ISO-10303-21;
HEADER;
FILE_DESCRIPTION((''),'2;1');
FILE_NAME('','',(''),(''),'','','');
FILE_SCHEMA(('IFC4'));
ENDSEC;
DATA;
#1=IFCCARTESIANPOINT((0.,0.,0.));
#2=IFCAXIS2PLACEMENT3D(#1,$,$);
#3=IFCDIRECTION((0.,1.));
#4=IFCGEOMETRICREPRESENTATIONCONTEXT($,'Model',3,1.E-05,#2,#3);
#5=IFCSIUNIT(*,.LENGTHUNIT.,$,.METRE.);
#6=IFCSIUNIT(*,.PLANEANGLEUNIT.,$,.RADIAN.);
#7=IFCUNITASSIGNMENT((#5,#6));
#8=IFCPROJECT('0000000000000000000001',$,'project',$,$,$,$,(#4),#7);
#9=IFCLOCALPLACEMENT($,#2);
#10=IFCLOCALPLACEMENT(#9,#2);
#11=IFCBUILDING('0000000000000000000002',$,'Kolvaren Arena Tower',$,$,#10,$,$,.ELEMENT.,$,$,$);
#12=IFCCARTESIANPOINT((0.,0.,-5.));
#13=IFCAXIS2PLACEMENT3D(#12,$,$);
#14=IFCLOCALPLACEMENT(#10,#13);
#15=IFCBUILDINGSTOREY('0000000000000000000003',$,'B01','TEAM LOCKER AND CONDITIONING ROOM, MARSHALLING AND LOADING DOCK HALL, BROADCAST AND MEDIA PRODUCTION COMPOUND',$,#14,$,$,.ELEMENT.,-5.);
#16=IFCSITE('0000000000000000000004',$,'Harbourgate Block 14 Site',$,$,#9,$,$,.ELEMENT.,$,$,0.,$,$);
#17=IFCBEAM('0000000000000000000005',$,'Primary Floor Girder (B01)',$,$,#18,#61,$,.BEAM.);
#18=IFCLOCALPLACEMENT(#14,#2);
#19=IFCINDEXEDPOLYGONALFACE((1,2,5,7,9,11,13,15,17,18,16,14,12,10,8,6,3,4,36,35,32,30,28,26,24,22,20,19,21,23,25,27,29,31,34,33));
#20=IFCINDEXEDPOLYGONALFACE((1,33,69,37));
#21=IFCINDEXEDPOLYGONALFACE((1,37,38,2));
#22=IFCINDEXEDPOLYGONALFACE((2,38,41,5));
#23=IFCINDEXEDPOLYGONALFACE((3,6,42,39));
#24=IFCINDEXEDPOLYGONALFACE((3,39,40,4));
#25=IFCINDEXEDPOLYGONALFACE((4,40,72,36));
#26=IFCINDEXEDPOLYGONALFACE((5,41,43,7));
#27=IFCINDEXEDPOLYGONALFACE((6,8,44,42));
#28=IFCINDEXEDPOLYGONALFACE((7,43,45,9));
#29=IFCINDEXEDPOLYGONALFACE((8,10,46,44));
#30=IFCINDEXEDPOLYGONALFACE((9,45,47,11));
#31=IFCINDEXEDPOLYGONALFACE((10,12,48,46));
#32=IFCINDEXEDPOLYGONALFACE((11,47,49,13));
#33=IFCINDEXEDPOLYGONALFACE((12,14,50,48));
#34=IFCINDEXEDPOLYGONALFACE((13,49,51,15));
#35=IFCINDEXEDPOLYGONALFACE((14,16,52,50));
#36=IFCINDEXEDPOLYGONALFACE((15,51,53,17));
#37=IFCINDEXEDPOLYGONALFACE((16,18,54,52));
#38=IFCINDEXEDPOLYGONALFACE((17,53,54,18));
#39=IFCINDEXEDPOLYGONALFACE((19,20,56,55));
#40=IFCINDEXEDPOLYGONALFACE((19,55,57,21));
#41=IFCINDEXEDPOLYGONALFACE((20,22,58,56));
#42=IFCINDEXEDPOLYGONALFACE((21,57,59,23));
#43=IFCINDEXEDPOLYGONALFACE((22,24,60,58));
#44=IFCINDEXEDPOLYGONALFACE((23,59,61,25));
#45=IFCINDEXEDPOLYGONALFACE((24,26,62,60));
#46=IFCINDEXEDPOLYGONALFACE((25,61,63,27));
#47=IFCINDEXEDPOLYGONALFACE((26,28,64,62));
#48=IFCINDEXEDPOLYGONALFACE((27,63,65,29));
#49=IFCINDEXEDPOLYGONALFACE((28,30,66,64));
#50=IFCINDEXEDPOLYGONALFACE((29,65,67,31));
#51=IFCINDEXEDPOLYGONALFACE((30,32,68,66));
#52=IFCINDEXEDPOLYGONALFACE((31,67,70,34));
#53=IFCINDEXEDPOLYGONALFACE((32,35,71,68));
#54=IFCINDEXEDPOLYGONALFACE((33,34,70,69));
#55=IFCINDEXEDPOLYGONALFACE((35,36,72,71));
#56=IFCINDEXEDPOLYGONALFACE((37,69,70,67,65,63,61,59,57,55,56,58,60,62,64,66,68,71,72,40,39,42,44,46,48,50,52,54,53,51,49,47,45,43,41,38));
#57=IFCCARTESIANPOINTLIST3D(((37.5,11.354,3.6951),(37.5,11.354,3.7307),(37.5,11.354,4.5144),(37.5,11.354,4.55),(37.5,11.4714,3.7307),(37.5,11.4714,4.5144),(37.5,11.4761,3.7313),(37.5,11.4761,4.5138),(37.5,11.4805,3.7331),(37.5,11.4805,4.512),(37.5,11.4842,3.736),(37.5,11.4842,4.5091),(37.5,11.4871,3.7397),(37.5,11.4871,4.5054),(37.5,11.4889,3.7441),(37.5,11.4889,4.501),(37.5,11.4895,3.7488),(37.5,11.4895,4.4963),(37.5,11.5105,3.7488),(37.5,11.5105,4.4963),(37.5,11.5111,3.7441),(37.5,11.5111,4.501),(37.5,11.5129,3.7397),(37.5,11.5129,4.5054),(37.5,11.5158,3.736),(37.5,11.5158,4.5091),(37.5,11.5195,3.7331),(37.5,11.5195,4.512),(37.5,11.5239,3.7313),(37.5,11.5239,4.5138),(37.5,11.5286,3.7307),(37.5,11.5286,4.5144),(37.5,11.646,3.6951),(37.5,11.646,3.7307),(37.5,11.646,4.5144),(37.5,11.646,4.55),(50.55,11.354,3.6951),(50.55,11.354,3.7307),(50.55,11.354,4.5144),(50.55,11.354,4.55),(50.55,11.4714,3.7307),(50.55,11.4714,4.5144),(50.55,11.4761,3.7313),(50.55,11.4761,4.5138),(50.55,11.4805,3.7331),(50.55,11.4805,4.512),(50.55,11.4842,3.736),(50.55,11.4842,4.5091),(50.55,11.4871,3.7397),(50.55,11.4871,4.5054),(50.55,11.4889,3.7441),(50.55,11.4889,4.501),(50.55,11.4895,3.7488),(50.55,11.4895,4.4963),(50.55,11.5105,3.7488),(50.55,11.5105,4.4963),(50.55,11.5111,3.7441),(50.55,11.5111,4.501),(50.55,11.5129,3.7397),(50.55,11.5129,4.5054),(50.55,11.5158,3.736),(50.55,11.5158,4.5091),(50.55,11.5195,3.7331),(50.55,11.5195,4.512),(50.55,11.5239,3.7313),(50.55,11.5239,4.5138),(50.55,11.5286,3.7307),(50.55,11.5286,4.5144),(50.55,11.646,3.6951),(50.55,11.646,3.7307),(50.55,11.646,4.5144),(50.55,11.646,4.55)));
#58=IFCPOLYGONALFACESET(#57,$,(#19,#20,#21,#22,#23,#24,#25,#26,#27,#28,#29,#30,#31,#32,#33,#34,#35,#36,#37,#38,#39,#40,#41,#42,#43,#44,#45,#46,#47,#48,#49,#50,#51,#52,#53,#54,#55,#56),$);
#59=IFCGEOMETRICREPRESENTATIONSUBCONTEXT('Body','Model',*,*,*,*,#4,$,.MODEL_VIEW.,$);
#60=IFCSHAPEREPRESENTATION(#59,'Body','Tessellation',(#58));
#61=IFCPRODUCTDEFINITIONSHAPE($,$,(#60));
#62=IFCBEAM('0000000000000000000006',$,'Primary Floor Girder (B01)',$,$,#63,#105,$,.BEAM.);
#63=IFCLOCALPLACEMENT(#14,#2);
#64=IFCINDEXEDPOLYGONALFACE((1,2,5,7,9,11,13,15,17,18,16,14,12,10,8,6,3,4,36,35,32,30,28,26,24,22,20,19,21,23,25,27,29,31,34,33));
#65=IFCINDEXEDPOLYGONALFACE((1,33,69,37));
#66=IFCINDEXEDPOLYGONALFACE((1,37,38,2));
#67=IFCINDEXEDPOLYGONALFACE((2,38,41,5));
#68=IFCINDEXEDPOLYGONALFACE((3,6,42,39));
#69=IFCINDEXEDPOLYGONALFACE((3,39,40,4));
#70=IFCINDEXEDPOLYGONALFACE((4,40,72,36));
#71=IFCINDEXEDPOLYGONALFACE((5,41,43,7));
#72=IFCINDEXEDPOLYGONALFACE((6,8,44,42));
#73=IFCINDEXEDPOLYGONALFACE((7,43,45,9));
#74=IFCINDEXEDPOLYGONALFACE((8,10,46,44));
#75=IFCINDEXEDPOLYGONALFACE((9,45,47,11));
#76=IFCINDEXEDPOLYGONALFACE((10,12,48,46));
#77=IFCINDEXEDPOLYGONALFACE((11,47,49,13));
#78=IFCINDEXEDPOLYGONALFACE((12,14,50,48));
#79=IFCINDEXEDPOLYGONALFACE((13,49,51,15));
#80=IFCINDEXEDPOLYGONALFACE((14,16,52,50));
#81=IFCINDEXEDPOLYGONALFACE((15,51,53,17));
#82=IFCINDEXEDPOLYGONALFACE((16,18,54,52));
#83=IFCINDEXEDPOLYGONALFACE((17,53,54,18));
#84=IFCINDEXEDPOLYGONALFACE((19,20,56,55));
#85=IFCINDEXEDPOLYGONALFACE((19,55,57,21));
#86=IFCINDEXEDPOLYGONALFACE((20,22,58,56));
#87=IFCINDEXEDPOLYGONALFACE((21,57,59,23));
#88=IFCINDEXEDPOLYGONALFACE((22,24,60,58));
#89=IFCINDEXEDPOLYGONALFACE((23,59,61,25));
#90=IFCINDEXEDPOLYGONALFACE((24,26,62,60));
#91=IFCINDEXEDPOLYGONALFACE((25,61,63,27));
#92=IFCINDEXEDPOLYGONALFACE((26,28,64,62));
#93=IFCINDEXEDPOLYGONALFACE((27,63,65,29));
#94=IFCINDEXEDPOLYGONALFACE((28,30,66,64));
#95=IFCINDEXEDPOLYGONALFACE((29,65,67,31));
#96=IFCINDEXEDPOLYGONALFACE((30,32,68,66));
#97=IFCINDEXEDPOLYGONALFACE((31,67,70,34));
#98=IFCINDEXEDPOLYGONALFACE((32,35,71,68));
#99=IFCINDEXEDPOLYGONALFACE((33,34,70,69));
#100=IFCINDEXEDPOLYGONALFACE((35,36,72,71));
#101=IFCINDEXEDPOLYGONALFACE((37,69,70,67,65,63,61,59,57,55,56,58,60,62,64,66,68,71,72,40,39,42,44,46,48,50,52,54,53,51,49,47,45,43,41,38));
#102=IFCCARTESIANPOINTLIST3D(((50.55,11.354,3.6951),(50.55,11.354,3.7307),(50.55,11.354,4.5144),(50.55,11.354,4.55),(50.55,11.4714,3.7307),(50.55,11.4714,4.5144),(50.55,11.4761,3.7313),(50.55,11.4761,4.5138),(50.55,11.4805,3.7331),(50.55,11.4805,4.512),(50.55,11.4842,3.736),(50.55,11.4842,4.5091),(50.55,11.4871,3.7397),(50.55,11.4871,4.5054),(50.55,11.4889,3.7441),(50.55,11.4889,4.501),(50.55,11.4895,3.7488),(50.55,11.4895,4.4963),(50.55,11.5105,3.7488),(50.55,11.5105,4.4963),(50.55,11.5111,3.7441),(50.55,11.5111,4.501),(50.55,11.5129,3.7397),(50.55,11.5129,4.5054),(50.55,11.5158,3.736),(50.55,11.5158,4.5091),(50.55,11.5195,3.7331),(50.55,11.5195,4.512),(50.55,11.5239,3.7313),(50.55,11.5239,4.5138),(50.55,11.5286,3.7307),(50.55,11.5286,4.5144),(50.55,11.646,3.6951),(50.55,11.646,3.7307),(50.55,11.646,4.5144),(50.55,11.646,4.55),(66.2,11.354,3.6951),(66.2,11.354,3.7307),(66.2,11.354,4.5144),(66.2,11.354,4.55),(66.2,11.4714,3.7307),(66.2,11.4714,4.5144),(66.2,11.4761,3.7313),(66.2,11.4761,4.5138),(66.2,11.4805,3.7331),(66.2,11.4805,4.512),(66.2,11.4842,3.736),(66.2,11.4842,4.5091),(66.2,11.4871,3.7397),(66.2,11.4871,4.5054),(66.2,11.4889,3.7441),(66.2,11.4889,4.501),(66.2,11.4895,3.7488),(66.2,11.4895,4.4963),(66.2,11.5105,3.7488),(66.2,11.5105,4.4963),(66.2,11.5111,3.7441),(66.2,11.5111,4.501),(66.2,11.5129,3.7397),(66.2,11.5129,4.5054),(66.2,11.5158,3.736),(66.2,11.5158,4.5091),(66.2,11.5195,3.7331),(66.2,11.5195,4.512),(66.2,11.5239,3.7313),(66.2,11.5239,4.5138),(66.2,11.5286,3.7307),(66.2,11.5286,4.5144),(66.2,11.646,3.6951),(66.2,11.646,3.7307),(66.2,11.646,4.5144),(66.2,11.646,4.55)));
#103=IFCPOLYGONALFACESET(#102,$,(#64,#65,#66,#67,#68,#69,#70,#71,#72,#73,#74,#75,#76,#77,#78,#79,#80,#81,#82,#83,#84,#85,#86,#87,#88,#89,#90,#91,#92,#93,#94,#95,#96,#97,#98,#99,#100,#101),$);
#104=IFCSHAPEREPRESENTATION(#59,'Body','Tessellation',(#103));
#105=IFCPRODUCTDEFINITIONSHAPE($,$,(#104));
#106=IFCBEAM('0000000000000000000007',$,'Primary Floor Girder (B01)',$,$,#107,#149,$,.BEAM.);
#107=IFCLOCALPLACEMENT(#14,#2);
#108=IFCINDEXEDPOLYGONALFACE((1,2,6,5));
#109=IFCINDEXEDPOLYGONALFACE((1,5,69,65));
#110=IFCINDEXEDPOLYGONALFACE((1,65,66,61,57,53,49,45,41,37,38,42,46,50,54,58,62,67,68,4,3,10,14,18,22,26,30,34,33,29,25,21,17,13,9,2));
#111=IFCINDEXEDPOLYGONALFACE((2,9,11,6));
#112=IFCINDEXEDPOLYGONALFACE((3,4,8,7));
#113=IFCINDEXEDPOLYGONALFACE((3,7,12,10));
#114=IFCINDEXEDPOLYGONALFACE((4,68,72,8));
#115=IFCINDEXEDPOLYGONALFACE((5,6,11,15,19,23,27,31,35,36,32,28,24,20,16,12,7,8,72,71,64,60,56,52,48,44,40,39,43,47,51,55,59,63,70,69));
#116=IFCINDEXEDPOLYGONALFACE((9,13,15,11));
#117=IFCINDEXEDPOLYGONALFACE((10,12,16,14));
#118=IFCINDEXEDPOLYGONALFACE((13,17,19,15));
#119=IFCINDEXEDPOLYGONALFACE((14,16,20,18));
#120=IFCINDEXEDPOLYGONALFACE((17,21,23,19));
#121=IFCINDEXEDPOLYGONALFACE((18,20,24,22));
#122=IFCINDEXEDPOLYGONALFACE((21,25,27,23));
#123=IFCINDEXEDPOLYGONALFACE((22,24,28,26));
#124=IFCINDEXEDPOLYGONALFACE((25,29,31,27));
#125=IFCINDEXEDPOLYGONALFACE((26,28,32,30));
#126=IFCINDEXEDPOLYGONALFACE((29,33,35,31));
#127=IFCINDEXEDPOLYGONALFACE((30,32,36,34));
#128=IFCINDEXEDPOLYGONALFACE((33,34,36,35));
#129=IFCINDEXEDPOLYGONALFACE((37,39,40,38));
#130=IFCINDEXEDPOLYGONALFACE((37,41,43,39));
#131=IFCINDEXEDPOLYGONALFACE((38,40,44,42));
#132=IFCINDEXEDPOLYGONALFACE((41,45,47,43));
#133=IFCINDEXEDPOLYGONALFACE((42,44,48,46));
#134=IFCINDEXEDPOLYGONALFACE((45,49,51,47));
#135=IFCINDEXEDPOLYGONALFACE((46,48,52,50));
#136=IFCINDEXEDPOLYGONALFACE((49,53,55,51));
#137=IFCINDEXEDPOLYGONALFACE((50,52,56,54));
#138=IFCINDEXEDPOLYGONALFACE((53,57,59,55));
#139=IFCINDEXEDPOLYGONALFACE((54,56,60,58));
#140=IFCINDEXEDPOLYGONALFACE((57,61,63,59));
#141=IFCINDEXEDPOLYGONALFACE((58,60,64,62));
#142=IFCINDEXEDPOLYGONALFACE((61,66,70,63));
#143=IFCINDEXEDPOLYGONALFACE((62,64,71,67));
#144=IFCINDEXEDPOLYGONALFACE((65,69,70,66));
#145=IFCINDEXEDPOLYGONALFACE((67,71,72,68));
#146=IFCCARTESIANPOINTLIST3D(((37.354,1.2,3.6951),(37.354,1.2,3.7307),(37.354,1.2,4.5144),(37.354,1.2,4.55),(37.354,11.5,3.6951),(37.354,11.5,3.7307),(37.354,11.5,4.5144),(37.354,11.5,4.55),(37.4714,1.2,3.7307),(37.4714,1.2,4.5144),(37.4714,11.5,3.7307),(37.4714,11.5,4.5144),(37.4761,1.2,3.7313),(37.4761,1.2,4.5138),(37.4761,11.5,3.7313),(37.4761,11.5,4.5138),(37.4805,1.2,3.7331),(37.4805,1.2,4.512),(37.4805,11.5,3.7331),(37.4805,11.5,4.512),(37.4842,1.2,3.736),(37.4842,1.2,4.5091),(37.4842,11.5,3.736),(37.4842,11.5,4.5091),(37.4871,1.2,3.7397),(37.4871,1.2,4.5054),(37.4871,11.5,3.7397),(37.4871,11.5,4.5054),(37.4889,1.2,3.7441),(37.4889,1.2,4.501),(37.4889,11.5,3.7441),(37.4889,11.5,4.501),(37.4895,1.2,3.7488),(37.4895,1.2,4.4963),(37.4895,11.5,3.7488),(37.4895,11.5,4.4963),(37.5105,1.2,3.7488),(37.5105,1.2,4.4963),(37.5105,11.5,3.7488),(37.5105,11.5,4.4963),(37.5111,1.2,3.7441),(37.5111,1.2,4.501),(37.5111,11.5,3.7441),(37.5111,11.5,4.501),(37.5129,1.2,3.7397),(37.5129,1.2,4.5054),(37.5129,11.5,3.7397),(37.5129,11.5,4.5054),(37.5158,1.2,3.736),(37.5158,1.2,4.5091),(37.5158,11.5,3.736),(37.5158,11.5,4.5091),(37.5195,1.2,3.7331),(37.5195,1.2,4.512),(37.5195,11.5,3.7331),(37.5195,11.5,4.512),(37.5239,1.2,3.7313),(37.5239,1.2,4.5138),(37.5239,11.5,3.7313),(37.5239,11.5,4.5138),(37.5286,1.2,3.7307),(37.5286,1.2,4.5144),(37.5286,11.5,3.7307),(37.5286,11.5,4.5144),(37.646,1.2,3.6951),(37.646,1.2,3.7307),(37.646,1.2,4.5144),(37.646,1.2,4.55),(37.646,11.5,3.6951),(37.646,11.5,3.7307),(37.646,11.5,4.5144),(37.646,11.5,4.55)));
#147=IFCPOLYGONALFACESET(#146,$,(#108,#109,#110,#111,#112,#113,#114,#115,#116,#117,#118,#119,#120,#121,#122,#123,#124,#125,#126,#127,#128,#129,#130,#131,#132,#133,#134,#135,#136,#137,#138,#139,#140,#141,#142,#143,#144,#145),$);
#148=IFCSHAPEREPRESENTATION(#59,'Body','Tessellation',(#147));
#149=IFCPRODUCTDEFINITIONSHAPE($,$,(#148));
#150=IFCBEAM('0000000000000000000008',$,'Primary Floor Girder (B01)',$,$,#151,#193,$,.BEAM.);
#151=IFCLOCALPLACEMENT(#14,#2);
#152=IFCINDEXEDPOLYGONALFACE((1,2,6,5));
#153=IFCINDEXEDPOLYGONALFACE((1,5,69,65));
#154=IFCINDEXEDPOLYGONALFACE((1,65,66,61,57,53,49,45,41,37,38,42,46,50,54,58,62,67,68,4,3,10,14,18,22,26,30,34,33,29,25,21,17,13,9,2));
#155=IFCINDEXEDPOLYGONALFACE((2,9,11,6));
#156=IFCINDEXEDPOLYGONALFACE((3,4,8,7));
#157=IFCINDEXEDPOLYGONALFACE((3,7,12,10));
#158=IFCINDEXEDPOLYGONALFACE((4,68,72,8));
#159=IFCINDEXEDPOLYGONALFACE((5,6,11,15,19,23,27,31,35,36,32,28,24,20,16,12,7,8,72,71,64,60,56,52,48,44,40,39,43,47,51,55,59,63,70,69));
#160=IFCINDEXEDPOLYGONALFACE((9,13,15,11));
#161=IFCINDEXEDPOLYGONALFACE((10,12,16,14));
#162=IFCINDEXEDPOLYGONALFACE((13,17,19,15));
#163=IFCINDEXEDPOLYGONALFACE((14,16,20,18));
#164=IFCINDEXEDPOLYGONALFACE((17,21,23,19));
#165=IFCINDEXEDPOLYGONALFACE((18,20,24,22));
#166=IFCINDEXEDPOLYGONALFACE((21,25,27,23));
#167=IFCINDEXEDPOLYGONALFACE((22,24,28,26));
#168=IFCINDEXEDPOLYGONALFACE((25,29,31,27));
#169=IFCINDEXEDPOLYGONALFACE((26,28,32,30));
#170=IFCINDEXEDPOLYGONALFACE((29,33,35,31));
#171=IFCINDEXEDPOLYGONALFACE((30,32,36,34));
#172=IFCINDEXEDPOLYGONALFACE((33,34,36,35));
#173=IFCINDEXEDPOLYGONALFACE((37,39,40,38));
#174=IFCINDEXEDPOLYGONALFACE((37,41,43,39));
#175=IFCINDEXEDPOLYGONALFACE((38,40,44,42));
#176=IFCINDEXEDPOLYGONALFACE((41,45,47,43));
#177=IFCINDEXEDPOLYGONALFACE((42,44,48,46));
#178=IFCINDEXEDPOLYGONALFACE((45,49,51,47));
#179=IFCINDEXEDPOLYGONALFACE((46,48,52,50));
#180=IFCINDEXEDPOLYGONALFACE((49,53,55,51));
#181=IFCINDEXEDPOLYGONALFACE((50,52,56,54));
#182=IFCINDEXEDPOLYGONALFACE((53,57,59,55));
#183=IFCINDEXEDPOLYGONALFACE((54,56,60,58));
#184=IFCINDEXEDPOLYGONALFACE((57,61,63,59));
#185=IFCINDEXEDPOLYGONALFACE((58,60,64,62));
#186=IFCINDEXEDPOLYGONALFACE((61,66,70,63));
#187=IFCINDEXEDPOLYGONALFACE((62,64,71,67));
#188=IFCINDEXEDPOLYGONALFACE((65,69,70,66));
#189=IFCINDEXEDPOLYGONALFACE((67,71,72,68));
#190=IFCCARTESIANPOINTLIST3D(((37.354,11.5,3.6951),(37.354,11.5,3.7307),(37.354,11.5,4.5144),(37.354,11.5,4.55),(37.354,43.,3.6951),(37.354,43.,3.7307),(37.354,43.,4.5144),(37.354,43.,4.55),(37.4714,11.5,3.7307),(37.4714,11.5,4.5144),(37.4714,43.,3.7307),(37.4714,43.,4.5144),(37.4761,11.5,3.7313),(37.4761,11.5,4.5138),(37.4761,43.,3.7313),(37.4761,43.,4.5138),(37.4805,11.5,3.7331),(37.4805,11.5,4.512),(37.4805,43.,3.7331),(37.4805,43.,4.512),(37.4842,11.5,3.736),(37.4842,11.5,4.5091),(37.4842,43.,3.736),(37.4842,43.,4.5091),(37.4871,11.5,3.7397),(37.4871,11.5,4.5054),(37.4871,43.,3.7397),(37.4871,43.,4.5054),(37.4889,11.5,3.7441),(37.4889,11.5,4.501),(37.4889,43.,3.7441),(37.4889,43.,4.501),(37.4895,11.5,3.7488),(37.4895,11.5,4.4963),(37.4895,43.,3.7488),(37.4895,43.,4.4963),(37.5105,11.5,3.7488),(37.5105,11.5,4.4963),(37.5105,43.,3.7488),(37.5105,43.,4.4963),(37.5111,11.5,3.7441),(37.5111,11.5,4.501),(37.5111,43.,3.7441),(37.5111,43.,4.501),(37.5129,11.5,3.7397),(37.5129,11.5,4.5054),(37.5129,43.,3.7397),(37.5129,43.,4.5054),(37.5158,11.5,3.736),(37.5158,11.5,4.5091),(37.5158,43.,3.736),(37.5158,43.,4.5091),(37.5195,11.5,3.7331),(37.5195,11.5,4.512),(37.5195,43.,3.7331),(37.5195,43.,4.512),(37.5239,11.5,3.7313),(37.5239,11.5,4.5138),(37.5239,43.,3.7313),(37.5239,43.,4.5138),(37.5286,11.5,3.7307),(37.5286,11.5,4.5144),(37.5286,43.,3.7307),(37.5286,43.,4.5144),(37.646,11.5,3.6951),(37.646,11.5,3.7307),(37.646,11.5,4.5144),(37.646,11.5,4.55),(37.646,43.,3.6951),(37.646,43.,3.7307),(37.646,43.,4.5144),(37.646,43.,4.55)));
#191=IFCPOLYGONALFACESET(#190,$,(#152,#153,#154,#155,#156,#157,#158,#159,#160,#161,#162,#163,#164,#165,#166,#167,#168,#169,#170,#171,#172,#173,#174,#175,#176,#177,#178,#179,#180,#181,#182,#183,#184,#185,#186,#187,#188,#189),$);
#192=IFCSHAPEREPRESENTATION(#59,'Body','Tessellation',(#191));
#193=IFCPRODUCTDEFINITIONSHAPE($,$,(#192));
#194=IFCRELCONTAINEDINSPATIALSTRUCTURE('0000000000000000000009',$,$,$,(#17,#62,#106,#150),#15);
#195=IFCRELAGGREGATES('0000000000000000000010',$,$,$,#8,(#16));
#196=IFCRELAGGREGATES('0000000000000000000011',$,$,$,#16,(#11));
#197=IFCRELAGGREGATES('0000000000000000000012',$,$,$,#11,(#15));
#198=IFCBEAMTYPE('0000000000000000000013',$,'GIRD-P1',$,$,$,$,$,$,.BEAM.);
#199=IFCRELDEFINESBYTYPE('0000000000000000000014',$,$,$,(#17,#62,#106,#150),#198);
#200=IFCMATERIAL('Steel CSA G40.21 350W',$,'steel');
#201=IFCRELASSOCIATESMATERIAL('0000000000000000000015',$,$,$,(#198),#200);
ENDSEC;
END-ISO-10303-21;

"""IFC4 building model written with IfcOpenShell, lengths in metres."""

from ifc_helpers import new_model, si_unit, direction, frame, origin, origin_2d, place, context, subcontext, project, spatial, i_section, extrude, material, material_profile, profile_set, type_object, element, save


model = new_model("IFC4")

# Units and contexts
model_context = context("Model", 3, precision=1e-05, world=origin(), true_north=direction((0.0, 1.0)))
body_context = subcontext(model_context, "Body", "Model", "MODEL_VIEW")
ifc_project = project(units=[si_unit("LENGTHUNIT", "METRE"), si_unit("PLANEANGLEUNIT", "RADIAN")], contexts=[model_context])

# Site, building, storey
site_placement = place(None, origin())
site = spatial("IfcSite", under=ifc_project, at=site_placement, Name="Harbourgate Block 14 Site", CompositionType="ELEMENT", RefElevation=0.0)
building_placement = place(site_placement, origin())
building = spatial("IfcBuilding", under=site, at=building_placement, Name="Kolvaren Arena Tower", CompositionType="ELEMENT")
storey_placement = place(building_placement, frame((0.0, 0.0, -5.0)))
storey = spatial("IfcBuildingStorey", under=building, at=storey_placement, Name="B01", Description="TEAM LOCKER AND CONDITIONING ROOM, MARSHALLING AND LOADING DOCK HALL, BROADCAST AND MEDIA PRODUCTION COMPOUND", CompositionType="ELEMENT", Elevation=-5.0)

# Beams
ifc_material_1 = material(Name="Steel CSA G40.21 350W", Category="steel")
ifc_material_profile_1 = material_profile(ifc_material_1, i_section(OverallWidth=0.292, OverallDepth=0.855, WebThickness=0.021, FlangeThickness=0.0356, FilletRadius=0.0181, at=origin_2d()), Name="W840x299")
ifc_profile_set_1 = profile_set([ifc_material_profile_1], Name="Steel CSA G40.21 350W")
beam_type_1 = type_object("IfcBeamType", Name="GIRD-P1", PredefinedType="BEAM", material=ifc_profile_set_1)
beam_1_placement = place(storey_placement, frame((37.5, 11.5, 4.1226), z_axis=(1.0, 0.0, 0.0), x_axis=(0.0, 1.0, 0.0)))
element("IfcBeam", 1, at=beam_1_placement, inside=storey, type_object=beam_type_1, Name="Primary Floor Girder (B01)", PredefinedType="BEAM", context=body_context, shape_type="SweptSolid", body=[
    extrude(i_section(OverallWidth=0.292, OverallDepth=0.855, WebThickness=0.021, FlangeThickness=0.0356, FilletRadius=0.0181, at=origin_2d()), origin(), (0.0, 0.0, 1.0), 13.05),
])
beam_2_placement = place(storey_placement, frame((50.55, 11.5, 4.1226), z_axis=(1.0, 0.0, 0.0), x_axis=(0.0, 1.0, 0.0)))
element("IfcBeam", 2, at=beam_2_placement, inside=storey, type_object=beam_type_1, Name="Primary Floor Girder (B01)", PredefinedType="BEAM", context=body_context, shape_type="SweptSolid", body=[
    extrude(i_section(OverallWidth=0.292, OverallDepth=0.855, WebThickness=0.021, FlangeThickness=0.0356, FilletRadius=0.0181, at=origin_2d()), origin(), (0.0, 0.0, 1.0), 15.6499),
])
beam_3_placement = place(storey_placement, frame((37.5, 1.2, 4.1226), z_axis=(0.0, 1.0, 0.0), x_axis=(-1.0, 0.0, 0.0)))
element("IfcBeam", 3, at=beam_3_placement, inside=storey, type_object=beam_type_1, Name="Primary Floor Girder (B01)", PredefinedType="BEAM", context=body_context, shape_type="SweptSolid", body=[
    extrude(i_section(OverallWidth=0.292, OverallDepth=0.855, WebThickness=0.021, FlangeThickness=0.0356, FilletRadius=0.0181, at=origin_2d()), origin(), (0.0, 0.0, 1.0), 10.3),
])
beam_4_placement = place(storey_placement, frame((37.5, 11.5, 4.1226), z_axis=(0.0, 1.0, 0.0), x_axis=(-1.0, 0.0, 0.0)))
element("IfcBeam", 4, at=beam_4_placement, inside=storey, type_object=beam_type_1, Name="Primary Floor Girder (B01)", PredefinedType="BEAM", context=body_context, shape_type="SweptSolid", body=[
    extrude(i_section(OverallWidth=0.292, OverallDepth=0.855, WebThickness=0.021, FlangeThickness=0.0356, FilletRadius=0.0181, at=origin_2d()), origin(), (0.0, 0.0, 1.0), 31.5),
])

save(model, "model.ifc")
